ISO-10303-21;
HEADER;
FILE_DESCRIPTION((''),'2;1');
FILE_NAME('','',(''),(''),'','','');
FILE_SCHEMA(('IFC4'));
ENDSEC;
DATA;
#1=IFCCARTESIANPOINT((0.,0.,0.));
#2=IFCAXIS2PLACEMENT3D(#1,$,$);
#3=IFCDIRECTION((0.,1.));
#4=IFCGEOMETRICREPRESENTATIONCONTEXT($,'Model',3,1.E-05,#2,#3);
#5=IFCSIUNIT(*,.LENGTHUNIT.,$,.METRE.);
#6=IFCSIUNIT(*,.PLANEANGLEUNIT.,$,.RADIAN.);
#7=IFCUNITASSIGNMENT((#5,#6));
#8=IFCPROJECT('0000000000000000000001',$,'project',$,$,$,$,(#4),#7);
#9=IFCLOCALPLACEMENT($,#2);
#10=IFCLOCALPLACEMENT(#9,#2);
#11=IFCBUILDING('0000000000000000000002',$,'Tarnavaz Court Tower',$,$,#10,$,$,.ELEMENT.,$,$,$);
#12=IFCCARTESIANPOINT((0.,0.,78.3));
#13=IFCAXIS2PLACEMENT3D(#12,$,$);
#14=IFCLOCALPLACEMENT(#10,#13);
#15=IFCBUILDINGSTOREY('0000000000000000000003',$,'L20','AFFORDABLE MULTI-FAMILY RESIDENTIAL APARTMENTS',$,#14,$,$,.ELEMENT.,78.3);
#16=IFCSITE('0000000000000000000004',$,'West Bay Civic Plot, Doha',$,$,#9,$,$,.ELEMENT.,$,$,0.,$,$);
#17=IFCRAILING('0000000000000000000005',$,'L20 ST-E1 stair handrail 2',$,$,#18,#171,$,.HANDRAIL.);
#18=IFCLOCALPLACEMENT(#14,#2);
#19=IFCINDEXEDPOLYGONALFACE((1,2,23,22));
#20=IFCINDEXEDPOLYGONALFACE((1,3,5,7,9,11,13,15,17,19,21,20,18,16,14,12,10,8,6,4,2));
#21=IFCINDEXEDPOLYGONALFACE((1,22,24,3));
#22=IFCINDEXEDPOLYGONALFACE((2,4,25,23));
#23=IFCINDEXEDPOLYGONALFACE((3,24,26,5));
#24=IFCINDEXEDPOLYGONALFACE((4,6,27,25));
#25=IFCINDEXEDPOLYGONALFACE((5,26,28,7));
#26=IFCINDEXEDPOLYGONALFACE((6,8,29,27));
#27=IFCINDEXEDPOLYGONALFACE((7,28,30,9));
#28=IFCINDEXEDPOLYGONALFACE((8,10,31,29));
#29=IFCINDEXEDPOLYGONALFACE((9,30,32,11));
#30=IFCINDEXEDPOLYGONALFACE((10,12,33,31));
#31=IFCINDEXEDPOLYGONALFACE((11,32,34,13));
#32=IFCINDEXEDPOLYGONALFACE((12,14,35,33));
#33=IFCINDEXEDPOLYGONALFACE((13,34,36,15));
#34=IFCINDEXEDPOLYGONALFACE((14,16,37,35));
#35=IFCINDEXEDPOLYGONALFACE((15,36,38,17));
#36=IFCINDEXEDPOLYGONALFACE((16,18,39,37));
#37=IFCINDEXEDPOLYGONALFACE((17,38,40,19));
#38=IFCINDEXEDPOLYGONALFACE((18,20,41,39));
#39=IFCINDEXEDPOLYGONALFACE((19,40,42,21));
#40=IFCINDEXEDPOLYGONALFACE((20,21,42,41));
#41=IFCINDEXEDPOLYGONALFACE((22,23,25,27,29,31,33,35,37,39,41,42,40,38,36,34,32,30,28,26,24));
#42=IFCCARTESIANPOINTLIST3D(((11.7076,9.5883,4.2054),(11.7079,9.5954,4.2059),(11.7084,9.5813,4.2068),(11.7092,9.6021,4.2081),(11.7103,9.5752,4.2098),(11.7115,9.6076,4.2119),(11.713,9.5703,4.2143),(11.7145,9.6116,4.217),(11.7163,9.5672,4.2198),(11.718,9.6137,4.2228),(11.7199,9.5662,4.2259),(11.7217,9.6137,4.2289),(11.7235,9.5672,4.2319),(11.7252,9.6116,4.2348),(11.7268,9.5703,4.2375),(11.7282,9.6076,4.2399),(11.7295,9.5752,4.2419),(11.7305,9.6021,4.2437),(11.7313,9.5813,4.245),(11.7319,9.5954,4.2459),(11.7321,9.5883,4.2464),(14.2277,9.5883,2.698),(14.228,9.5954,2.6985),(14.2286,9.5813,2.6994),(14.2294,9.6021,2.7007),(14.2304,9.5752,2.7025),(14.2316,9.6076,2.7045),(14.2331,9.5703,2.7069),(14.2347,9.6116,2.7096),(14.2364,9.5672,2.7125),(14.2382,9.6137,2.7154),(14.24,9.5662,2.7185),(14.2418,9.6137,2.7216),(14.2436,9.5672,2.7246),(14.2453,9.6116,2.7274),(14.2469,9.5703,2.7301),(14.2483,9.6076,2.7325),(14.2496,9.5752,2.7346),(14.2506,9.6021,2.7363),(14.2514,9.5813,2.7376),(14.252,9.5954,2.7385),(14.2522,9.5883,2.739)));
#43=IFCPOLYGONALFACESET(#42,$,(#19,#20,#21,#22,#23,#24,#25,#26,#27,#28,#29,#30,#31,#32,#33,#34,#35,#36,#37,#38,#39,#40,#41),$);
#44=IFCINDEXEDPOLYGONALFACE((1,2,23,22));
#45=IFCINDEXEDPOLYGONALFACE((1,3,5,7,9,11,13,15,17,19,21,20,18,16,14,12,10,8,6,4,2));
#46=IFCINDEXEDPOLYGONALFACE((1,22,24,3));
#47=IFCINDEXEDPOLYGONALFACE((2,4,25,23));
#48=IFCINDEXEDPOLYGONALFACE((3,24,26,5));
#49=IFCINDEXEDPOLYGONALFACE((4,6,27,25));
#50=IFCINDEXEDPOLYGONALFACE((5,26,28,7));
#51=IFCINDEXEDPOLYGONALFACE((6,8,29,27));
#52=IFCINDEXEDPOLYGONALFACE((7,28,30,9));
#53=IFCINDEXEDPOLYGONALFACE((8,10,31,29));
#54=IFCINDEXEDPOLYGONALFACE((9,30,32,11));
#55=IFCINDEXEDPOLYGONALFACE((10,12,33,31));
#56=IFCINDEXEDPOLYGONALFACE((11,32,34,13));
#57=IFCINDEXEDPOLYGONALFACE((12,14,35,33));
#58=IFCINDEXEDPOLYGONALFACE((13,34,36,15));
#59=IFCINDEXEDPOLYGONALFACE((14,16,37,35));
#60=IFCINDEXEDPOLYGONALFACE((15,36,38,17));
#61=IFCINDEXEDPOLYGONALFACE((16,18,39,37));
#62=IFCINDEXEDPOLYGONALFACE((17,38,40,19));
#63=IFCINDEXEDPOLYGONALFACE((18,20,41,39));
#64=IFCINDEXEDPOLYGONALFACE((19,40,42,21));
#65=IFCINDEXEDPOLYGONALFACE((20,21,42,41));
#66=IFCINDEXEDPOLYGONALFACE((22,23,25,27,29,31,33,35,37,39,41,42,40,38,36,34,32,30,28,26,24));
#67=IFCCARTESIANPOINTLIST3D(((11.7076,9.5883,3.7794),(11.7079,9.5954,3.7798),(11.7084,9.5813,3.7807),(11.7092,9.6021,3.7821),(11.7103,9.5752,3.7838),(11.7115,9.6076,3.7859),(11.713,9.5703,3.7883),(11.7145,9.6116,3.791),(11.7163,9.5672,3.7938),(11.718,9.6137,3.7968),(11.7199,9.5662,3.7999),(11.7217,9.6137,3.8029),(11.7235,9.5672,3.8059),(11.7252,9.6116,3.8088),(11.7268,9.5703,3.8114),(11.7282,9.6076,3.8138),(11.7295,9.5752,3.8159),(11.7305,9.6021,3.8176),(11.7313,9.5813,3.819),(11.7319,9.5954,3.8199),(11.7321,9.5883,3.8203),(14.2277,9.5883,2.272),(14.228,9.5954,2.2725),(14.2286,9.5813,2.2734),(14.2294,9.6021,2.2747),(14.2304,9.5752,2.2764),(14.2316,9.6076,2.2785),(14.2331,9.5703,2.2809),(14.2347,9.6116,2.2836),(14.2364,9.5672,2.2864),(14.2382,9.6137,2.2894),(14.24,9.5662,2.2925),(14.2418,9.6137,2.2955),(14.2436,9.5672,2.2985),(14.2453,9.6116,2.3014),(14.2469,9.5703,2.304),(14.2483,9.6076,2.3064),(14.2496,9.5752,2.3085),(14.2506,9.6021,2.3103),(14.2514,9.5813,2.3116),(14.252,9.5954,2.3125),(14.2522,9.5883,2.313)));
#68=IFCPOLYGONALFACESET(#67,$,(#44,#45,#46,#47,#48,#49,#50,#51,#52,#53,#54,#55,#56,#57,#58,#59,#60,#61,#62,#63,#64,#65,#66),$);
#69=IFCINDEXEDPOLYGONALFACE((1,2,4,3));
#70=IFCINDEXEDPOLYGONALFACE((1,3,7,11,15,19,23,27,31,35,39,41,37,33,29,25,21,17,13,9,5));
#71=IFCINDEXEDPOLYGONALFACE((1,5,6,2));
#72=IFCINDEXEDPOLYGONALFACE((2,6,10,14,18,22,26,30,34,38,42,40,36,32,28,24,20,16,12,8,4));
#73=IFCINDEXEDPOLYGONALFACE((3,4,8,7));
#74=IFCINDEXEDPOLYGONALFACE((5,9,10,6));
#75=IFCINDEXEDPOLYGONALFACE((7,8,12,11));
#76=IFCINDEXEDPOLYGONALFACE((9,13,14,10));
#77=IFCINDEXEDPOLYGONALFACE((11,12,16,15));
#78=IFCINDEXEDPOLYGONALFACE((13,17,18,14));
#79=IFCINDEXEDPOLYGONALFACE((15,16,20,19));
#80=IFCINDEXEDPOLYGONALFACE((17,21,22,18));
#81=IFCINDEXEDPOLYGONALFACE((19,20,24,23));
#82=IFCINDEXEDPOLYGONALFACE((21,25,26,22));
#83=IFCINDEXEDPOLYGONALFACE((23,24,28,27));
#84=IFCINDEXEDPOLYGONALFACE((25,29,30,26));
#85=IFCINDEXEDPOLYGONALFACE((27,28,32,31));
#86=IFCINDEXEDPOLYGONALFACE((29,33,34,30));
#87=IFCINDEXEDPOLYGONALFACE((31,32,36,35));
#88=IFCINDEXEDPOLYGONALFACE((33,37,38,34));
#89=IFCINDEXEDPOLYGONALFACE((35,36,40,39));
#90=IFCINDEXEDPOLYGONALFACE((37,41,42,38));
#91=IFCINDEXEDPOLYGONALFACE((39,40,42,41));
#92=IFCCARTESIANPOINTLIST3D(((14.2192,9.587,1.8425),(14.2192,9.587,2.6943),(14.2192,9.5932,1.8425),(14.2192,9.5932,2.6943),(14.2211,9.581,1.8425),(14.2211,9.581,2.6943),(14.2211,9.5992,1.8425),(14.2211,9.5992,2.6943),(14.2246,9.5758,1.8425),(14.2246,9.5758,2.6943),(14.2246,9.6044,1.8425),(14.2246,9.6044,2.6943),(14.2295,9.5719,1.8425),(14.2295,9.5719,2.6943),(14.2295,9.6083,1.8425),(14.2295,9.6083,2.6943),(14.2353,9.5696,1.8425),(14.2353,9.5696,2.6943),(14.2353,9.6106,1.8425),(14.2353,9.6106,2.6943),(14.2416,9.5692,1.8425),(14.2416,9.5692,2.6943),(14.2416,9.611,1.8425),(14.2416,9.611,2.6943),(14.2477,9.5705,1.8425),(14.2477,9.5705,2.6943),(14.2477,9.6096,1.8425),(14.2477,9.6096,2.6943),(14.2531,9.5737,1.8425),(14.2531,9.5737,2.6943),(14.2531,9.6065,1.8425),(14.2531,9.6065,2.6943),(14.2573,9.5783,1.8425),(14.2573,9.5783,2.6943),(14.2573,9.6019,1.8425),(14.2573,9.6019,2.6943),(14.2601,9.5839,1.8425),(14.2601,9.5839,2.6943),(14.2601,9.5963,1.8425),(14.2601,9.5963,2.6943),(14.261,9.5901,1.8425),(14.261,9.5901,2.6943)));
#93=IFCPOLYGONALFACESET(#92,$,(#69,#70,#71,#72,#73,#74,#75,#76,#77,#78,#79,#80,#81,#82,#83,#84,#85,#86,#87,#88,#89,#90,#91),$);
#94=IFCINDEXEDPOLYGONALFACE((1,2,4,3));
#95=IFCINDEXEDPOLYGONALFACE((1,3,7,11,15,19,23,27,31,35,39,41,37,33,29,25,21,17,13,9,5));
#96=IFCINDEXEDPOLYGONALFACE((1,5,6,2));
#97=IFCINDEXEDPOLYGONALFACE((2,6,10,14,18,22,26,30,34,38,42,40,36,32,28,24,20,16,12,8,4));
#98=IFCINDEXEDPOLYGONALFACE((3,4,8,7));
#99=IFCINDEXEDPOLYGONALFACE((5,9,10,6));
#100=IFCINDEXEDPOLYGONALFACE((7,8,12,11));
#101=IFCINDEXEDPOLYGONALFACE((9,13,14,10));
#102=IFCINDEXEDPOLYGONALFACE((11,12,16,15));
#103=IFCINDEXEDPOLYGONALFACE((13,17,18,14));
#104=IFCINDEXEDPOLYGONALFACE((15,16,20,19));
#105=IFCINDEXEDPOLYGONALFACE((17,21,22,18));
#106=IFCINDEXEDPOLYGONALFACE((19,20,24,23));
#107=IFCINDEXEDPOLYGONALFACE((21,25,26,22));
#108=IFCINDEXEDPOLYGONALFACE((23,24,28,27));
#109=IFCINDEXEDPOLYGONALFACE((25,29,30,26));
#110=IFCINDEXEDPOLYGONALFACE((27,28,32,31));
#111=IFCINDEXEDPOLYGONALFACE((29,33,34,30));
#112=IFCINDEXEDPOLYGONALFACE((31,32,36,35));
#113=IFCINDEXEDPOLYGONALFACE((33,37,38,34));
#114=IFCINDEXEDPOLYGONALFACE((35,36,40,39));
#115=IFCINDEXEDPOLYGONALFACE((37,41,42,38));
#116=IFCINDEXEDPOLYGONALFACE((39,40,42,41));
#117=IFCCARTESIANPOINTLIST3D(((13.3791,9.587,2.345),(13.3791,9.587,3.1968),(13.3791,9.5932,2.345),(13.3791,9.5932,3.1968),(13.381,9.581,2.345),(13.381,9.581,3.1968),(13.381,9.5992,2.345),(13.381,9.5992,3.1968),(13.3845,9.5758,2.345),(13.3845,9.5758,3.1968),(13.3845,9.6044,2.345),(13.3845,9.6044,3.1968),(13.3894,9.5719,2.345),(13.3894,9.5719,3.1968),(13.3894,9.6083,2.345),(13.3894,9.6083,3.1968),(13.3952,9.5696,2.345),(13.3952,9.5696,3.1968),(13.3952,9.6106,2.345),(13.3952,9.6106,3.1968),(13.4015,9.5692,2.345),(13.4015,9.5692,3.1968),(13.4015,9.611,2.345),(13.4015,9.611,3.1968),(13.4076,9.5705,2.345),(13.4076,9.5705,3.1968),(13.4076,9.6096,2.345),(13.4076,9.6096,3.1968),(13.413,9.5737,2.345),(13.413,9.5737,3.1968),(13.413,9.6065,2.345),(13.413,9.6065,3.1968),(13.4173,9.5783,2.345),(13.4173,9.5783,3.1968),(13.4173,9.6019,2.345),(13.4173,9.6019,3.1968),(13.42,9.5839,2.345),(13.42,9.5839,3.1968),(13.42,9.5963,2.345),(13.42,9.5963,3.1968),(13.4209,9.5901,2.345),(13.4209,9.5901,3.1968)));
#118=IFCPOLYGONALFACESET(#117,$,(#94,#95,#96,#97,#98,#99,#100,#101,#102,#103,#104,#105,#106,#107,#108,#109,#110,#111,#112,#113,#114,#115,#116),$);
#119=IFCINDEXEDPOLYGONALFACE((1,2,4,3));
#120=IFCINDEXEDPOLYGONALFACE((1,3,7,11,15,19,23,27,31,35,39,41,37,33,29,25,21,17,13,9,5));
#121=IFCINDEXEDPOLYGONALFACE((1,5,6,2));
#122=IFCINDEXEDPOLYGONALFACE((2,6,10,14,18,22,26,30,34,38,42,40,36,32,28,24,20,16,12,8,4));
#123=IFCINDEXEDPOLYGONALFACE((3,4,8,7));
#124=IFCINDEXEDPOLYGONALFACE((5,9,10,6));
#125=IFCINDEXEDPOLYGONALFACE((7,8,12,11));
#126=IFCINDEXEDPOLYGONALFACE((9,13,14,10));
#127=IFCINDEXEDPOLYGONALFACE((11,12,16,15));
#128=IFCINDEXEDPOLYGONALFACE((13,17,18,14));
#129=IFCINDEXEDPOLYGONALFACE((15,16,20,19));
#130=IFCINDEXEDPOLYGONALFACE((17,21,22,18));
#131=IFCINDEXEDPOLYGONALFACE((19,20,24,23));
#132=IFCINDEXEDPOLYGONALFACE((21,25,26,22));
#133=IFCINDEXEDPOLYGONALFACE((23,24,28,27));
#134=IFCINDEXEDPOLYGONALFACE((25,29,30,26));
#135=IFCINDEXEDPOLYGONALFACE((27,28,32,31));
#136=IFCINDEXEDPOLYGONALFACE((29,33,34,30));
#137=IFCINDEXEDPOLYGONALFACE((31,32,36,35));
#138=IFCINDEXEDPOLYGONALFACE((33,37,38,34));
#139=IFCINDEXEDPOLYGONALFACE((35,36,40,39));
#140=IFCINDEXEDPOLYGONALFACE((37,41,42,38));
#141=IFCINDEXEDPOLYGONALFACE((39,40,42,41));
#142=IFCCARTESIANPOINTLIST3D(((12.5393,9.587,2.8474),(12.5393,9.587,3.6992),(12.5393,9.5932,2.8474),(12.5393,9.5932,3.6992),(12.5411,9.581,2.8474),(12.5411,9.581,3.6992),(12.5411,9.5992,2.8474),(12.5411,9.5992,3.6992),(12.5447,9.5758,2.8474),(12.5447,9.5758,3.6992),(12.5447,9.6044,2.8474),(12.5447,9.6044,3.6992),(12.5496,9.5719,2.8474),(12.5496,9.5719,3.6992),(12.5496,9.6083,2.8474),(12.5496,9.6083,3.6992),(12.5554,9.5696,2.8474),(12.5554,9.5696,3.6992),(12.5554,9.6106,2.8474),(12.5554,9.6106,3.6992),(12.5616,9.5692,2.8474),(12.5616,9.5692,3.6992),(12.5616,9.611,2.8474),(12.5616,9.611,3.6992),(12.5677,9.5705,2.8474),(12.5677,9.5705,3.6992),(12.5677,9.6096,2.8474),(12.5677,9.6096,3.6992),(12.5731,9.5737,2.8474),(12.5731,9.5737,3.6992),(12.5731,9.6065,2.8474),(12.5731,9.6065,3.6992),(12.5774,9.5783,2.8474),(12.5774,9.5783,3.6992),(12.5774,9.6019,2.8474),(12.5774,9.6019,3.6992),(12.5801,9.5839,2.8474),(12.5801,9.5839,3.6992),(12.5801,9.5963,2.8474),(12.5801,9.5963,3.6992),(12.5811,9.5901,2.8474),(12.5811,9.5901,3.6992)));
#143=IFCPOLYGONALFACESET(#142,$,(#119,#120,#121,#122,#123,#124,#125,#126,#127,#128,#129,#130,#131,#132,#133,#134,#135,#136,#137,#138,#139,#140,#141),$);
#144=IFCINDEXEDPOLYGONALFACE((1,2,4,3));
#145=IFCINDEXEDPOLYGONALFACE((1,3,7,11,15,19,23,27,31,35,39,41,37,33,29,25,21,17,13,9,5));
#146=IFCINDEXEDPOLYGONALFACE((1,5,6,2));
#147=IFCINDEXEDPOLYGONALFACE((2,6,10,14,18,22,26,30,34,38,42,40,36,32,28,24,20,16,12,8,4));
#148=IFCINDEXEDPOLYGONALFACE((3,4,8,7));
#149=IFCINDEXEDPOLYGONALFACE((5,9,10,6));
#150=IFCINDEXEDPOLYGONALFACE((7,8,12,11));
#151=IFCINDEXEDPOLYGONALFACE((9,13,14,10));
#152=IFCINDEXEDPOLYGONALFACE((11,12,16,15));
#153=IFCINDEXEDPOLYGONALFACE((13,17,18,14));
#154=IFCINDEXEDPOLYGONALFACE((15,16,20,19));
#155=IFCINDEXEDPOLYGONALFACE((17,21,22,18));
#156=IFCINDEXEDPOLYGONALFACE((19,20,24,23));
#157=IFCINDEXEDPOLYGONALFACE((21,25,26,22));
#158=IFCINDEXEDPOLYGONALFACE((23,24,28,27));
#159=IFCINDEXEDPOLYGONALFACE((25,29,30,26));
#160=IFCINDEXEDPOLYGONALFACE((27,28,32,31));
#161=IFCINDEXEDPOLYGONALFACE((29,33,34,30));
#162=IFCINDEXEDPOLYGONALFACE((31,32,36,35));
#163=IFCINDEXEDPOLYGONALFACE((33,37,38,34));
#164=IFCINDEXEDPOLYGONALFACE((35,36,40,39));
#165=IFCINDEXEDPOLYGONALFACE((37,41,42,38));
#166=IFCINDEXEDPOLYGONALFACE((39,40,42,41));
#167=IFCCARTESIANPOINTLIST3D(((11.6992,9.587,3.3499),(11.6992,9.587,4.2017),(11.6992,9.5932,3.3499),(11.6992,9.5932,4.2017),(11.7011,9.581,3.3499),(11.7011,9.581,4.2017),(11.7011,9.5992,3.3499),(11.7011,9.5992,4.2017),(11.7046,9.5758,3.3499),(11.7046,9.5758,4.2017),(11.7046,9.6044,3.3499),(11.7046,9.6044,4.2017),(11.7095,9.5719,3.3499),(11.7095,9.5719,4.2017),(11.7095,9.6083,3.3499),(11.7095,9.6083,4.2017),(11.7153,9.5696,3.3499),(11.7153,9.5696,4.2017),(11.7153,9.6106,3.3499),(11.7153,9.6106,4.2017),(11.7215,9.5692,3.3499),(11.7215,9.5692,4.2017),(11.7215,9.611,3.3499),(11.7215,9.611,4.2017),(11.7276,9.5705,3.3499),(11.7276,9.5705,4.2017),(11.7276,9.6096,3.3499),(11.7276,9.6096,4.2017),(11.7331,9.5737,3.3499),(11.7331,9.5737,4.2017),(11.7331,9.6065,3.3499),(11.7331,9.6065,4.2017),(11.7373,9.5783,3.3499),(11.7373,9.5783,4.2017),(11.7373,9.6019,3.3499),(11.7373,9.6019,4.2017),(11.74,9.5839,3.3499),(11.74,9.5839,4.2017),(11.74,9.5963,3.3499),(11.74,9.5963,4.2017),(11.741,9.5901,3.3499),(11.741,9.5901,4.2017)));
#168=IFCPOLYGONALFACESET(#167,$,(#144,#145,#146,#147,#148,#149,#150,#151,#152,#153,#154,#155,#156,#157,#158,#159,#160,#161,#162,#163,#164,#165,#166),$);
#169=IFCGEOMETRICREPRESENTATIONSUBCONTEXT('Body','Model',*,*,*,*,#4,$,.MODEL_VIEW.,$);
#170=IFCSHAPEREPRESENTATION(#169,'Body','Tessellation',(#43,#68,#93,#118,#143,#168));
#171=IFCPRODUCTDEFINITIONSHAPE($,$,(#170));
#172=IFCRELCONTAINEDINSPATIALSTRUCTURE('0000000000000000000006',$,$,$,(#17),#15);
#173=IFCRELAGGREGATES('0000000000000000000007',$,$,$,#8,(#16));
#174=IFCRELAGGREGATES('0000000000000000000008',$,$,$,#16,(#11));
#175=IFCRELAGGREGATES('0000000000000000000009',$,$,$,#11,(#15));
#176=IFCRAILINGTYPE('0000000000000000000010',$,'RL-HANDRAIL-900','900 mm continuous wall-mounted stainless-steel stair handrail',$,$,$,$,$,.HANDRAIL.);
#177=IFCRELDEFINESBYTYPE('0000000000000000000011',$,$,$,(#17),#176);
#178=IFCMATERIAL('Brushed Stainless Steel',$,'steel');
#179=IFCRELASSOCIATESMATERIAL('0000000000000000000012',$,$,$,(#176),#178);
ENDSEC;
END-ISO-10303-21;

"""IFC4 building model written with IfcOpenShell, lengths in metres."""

from ifc_helpers import new_model, si_unit, direction, frame, origin, origin_2d, place, context, subcontext, project, spatial, circle, extrude, material, type_object, element, save


model = new_model("IFC4")

# Units and contexts
model_context = context("Model", 3, precision=1e-05, world=origin(), true_north=direction((0.0, 1.0)))
body_context = subcontext(model_context, "Body", "Model", "MODEL_VIEW")
ifc_project = project(units=[si_unit("LENGTHUNIT", "METRE"), si_unit("PLANEANGLEUNIT", "RADIAN")], contexts=[model_context])

# Site, building, storey
site_placement = place(None, origin())
site = spatial("IfcSite", under=ifc_project, at=site_placement, Name="West Bay Civic Plot, Doha", CompositionType="ELEMENT", RefElevation=0.0)
building_placement = place(site_placement, origin())
building = spatial("IfcBuilding", under=site, at=building_placement, Name="Tarnavaz Court Tower", CompositionType="ELEMENT")
storey_placement = place(building_placement, frame((0.0, 0.0, 78.3)))
storey = spatial("IfcBuildingStorey", under=building, at=storey_placement, Name="L20", Description="AFFORDABLE MULTI-FAMILY RESIDENTIAL APARTMENTS", CompositionType="ELEMENT", Elevation=78.3)

# Railing
ifc_material_1 = material(Name="Brushed Stainless Steel", Category="steel")
railing_type_1 = type_object("IfcRailingType", Name="RL-HANDRAIL-900", Description="900 mm continuous wall-mounted stainless-steel stair handrail", PredefinedType="HANDRAIL", material=ifc_material_1)
railing_1_placement = place(storey_placement, frame((14.24, 9.5901, 1.8425)))
element("IfcRailing", 1, at=railing_1_placement, inside=storey, type_object=railing_type_1, Name="L20 ST-E1 stair handrail 2", PredefinedType="HANDRAIL", context=body_context, shape_type="SweptSolid", body=[
    extrude(circle(Radius=0.0239, at=origin_2d()), frame((0.0, 0.0, 0.876), z_axis=(-0.858196, 0.0, 0.513321), x_axis=(0.0, -1.0, 0.0)), (0.0, 0.0, 1.0), 2.9365),
    extrude(circle(Radius=0.0239, at=origin_2d()), frame((0.0, 0.0, 0.45), z_axis=(-0.858196, 0.0, 0.513321), x_axis=(0.0, -1.0, 0.0)), (0.0, 0.0, 1.0), 2.9365),
    extrude(circle(Radius=0.021, at=origin_2d()), origin(), (0.0, 0.0, 1.0), 0.8518),
    extrude(circle(Radius=0.021, at=origin_2d()), frame((-0.8401, 0.0, 0.5024)), (0.0, 0.0, 1.0), 0.8518),
    extrude(circle(Radius=0.021, at=origin_2d()), frame((-1.6799, 0.0, 1.0049)), (0.0, 0.0, 1.0), 0.8518),
    extrude(circle(Radius=0.021, at=origin_2d()), frame((-2.52, 0.0, 1.5073)), (0.0, 0.0, 1.0), 0.8518),
])

save(model, "model.ifc")
